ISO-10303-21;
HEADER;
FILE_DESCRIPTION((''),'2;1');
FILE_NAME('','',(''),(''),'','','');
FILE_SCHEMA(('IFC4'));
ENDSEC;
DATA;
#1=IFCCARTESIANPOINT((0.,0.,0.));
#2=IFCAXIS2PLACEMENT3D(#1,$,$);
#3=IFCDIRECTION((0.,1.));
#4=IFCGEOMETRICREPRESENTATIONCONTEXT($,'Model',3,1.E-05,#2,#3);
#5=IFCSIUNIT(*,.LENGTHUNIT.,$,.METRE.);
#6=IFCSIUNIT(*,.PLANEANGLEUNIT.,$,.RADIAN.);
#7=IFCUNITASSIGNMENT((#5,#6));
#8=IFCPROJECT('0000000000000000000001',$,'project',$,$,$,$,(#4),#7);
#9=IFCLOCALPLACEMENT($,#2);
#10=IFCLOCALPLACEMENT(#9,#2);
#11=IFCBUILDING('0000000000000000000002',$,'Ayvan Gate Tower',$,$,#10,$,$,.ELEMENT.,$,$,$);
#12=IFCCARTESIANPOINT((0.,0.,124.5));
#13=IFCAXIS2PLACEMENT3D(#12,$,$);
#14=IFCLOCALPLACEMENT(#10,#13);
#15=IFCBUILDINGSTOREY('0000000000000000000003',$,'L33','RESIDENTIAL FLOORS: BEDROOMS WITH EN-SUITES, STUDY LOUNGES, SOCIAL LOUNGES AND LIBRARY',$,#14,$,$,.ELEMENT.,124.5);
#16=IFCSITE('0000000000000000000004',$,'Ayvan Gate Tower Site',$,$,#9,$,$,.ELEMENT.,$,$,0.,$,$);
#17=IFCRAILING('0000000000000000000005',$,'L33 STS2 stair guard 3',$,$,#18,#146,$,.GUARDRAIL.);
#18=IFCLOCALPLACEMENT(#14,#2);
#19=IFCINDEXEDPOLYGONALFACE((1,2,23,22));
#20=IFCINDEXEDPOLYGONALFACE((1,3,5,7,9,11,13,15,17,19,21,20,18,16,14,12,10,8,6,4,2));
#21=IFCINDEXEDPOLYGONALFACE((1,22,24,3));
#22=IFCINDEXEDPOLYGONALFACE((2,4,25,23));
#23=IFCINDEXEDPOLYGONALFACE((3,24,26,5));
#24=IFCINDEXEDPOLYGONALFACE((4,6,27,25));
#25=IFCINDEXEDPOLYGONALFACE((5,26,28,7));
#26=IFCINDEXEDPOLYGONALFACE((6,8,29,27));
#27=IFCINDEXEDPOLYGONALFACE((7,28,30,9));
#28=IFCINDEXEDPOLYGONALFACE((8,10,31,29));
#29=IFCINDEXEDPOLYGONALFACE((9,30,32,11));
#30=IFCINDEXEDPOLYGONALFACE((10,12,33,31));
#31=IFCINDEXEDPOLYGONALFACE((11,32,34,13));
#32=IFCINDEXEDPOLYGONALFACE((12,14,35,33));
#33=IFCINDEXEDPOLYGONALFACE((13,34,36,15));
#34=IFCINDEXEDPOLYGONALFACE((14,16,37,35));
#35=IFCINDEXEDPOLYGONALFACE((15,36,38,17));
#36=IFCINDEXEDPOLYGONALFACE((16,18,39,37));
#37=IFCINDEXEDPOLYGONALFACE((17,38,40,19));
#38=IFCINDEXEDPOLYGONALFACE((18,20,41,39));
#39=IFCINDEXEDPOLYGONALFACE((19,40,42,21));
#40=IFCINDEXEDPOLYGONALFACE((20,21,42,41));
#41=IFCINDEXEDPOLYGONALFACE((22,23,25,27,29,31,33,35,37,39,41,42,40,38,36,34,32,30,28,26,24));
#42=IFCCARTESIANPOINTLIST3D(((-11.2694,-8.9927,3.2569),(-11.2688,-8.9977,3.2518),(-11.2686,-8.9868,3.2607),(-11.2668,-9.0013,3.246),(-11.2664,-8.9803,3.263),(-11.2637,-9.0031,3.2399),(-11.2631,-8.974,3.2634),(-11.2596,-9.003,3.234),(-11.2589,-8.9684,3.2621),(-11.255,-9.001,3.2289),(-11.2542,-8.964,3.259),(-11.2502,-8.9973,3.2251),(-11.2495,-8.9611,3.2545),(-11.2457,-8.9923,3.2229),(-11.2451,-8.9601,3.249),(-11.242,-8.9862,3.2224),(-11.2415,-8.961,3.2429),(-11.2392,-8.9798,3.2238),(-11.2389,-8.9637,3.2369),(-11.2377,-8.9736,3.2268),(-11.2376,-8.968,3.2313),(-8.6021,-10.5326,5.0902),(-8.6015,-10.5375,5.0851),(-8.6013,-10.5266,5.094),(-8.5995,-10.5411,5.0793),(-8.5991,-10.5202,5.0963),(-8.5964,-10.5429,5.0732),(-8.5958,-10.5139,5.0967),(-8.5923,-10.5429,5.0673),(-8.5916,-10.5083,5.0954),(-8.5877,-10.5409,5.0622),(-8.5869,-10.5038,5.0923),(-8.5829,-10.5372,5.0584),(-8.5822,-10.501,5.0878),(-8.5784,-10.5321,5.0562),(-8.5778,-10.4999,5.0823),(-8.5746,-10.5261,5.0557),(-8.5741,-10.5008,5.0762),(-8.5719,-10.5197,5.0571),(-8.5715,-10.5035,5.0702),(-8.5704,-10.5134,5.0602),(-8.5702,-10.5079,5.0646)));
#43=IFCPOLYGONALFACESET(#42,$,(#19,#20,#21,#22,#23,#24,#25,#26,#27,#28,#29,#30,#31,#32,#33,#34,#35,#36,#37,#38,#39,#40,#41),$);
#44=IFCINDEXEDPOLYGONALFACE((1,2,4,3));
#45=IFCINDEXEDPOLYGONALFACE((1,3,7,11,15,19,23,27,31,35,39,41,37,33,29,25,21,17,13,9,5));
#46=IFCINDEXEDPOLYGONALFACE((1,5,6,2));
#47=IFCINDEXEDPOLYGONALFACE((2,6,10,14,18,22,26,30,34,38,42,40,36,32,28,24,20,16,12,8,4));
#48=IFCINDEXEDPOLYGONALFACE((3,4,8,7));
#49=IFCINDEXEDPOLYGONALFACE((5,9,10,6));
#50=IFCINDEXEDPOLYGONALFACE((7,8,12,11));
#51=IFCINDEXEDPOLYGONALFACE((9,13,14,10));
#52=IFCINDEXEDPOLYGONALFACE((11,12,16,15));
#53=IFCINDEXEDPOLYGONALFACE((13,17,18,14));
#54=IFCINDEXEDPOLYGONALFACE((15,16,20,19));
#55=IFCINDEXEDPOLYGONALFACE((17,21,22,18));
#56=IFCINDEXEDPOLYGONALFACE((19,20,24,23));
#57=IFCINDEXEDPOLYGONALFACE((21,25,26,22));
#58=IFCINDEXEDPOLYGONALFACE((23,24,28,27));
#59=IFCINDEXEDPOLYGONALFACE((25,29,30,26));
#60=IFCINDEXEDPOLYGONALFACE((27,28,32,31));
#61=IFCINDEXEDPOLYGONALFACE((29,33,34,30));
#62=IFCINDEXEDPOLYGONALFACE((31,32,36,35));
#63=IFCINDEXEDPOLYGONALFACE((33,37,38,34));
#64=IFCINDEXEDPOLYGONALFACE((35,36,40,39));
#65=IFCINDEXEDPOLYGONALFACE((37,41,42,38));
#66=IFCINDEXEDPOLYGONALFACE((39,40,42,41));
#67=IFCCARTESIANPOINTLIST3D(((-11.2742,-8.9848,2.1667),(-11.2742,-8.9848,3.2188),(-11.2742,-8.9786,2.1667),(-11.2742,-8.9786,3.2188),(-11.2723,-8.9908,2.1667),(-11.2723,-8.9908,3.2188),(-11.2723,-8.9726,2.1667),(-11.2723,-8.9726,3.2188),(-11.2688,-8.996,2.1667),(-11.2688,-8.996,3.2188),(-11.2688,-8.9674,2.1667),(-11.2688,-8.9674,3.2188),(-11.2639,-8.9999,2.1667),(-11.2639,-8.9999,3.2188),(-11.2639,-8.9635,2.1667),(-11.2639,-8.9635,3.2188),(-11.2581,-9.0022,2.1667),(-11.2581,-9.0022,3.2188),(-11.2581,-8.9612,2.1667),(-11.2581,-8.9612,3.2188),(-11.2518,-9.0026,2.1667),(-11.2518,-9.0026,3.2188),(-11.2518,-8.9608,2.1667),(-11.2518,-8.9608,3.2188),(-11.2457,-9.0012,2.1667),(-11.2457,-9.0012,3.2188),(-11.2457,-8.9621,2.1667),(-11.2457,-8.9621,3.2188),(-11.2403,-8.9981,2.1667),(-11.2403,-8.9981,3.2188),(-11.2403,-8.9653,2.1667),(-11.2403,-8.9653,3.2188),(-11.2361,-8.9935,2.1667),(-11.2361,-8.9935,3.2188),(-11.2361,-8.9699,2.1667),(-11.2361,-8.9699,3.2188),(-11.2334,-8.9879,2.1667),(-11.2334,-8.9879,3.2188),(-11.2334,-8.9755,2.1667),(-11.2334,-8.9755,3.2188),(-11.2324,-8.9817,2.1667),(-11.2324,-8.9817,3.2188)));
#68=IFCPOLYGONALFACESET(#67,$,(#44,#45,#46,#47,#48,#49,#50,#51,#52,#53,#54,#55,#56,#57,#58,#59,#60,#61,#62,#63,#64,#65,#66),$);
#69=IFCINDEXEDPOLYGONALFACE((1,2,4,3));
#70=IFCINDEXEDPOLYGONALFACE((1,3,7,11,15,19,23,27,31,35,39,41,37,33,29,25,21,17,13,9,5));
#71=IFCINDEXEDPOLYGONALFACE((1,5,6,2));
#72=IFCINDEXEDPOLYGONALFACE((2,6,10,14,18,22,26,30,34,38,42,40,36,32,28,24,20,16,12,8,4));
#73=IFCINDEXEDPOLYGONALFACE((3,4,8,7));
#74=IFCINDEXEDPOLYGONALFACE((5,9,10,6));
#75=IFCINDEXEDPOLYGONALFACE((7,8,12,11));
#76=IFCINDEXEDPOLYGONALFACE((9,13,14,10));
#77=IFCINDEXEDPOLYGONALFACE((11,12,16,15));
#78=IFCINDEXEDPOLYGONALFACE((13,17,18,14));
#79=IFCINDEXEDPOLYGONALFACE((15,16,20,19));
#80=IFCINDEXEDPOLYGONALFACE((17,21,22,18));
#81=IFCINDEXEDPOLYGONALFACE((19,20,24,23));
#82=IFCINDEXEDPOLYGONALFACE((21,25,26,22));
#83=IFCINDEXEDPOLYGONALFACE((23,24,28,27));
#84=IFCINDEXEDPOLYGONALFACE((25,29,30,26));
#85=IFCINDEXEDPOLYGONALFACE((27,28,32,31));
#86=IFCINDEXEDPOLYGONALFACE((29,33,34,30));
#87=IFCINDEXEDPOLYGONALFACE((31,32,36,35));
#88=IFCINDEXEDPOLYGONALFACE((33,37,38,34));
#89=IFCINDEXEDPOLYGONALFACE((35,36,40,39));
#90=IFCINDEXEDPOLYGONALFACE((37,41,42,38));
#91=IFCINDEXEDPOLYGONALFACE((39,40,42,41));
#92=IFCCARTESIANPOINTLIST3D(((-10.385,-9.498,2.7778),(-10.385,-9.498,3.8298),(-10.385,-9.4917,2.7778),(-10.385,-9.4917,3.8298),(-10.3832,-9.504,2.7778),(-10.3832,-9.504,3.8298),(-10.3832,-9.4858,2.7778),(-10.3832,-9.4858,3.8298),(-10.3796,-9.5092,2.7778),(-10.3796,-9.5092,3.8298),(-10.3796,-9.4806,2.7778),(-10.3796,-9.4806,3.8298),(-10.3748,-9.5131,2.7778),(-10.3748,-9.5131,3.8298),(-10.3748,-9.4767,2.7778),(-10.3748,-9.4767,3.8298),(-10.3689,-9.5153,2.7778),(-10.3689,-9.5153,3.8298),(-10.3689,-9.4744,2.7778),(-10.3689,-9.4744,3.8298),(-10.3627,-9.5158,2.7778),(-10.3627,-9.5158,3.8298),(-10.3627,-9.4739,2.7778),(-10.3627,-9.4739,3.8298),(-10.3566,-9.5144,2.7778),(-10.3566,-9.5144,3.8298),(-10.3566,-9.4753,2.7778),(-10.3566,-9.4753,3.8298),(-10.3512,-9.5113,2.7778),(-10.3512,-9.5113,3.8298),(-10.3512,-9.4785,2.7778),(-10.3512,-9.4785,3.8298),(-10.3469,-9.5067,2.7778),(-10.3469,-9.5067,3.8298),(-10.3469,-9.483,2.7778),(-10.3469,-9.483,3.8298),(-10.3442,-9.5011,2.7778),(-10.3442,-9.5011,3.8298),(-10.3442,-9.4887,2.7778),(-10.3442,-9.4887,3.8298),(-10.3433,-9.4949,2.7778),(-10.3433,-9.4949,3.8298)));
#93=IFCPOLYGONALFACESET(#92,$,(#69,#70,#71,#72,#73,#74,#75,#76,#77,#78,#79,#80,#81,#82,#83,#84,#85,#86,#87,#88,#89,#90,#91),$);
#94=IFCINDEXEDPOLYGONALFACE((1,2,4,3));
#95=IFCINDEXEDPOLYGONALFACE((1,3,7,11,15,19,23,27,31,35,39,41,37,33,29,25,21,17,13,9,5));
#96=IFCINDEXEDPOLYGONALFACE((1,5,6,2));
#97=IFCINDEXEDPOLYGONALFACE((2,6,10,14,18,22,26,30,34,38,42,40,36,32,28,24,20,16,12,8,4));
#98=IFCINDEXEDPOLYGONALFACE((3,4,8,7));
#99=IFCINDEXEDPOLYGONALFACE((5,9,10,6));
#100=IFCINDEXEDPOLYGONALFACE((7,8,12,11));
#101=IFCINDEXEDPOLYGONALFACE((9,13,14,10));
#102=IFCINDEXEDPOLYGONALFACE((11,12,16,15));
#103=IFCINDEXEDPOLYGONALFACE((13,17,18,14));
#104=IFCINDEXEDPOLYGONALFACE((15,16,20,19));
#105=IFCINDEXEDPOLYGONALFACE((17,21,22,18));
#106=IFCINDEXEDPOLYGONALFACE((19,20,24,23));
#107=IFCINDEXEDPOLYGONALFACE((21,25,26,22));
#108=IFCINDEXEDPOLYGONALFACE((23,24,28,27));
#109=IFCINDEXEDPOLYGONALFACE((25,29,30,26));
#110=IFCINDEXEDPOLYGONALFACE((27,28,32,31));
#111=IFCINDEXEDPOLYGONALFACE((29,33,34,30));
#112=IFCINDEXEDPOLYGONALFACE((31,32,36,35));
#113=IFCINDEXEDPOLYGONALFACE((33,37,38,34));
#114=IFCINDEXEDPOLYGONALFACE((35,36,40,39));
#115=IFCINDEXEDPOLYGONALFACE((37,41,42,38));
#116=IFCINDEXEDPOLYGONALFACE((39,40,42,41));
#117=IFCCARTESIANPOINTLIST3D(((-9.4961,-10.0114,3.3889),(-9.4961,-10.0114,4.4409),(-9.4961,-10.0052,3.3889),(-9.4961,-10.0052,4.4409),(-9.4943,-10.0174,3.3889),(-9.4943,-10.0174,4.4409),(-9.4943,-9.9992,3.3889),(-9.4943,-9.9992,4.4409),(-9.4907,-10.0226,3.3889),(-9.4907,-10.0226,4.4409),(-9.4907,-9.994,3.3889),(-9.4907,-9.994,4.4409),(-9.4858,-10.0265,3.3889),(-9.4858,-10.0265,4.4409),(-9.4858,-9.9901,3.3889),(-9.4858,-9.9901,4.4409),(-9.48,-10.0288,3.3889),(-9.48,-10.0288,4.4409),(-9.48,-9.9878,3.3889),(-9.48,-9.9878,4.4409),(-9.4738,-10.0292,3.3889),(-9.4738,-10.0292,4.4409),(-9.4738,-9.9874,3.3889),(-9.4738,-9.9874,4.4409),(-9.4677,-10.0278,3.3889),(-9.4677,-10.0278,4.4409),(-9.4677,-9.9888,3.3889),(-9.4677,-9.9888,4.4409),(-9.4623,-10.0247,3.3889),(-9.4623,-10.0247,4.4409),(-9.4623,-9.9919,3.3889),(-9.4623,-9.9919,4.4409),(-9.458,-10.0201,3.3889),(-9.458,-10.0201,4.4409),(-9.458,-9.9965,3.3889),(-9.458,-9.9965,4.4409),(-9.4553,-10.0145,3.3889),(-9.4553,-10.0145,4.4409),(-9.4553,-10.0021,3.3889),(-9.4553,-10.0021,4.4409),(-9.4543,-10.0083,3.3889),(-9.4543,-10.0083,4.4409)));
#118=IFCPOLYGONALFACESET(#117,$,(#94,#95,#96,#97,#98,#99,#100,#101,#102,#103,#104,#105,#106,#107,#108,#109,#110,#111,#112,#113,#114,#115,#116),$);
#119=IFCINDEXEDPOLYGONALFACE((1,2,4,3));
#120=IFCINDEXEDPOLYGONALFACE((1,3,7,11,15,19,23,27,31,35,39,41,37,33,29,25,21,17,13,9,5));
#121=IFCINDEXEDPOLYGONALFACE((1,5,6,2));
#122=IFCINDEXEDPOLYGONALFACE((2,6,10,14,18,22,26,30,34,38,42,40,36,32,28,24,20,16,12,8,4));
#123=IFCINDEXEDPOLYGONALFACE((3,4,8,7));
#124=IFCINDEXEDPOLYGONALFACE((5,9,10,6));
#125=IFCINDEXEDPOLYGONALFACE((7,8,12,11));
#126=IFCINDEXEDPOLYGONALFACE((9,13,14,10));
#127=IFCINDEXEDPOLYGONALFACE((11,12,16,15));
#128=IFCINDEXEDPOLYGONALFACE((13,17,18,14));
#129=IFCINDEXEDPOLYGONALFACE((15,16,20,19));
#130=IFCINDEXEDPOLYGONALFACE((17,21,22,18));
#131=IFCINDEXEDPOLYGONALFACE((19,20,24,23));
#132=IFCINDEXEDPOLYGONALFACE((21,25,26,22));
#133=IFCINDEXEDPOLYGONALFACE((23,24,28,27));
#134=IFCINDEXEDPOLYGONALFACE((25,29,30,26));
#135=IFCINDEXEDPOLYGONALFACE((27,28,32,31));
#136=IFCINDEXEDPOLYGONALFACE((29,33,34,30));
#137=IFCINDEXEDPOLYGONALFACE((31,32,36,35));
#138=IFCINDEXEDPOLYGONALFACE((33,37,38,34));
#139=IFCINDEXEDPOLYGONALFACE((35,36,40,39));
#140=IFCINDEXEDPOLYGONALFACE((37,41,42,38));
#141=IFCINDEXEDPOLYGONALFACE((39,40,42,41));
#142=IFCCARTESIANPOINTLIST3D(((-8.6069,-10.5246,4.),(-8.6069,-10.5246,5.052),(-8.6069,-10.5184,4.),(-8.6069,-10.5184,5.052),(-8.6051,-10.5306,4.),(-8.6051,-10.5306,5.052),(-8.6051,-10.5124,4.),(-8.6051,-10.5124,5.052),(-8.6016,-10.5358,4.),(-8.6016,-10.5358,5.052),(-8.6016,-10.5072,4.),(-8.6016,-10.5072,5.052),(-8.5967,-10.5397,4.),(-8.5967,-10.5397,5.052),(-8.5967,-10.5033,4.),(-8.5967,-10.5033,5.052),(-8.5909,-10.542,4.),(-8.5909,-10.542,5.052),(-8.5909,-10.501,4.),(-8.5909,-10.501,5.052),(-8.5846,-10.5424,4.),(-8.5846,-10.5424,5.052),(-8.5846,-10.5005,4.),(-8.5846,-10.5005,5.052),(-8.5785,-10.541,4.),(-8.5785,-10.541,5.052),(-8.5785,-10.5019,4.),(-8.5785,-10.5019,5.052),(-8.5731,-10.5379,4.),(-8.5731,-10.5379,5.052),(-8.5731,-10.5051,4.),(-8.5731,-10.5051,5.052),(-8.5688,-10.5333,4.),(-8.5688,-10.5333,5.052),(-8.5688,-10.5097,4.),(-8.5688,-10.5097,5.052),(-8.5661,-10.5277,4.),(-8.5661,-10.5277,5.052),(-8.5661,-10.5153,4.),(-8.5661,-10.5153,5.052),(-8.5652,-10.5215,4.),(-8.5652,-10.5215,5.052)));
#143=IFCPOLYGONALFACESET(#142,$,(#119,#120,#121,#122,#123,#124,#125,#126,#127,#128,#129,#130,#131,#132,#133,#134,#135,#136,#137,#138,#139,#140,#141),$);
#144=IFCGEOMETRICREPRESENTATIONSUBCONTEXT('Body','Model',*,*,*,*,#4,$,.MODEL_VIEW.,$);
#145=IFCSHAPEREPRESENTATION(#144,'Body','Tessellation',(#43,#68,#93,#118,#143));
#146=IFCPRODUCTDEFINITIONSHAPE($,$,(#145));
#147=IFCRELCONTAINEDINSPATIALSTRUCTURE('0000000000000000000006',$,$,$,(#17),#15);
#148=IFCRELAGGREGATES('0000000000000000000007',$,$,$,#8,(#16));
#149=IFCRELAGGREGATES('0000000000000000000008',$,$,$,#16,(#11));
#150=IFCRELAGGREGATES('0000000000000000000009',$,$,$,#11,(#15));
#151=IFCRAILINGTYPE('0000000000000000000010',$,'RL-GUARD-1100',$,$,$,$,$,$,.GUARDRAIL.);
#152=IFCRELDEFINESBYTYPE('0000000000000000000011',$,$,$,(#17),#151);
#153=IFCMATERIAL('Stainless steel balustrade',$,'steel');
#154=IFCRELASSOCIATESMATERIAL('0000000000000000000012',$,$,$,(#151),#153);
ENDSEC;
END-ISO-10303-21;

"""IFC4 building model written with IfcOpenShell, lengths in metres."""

from ifc_helpers import new_model, si_unit, direction, frame, origin, origin_2d, place, context, subcontext, project, spatial, circle, extrude, material, type_object, element, save


model = new_model("IFC4")

# Units and contexts
model_context = context("Model", 3, precision=1e-05, world=origin(), true_north=direction((0.0, 1.0)))
body_context = subcontext(model_context, "Body", "Model", "MODEL_VIEW")
ifc_project = project(units=[si_unit("LENGTHUNIT", "METRE"), si_unit("PLANEANGLEUNIT", "RADIAN")], contexts=[model_context])

# Site, building, storey
site_placement = place(None, origin())
site = spatial("IfcSite", under=ifc_project, at=site_placement, Name="Ayvan Gate Tower Site", CompositionType="ELEMENT", RefElevation=0.0)
building_placement = place(site_placement, origin())
building = spatial("IfcBuilding", under=site, at=building_placement, Name="Ayvan Gate Tower", CompositionType="ELEMENT")
storey_placement = place(building_placement, frame((0.0, 0.0, 124.5)))
storey = spatial("IfcBuildingStorey", under=building, at=storey_placement, Name="L33", Description="RESIDENTIAL FLOORS: BEDROOMS WITH EN-SUITES, STUDY LOUNGES, SOCIAL LOUNGES AND LIBRARY", CompositionType="ELEMENT", Elevation=124.5)

# Railing
ifc_material_1 = material(Name="Stainless steel balustrade", Category="steel")
railing_type_1 = type_object("IfcRailingType", Name="RL-GUARD-1100", PredefinedType="GUARDRAIL", material=ifc_material_1)
railing_1_placement = place(storey_placement, frame((-11.2534, -8.9817, 2.1667)))
element("IfcRailing", 1, at=railing_1_placement, inside=storey, type_object=railing_type_1, Name="L33 STS2 stair guard 3", PredefinedType="GUARDRAIL", context=body_context, shape_type="SweptSolid", body=[
    extrude(circle(Radius=0.0239, at=origin_2d()), frame((0.0, 0.0, 1.0762), z_axis=(0.744181, -0.429616, 0.511493), x_axis=(0.499967, 0.866044, 0.0)), (0.0, 0.0, 1.0), 3.5842),
    extrude(circle(Radius=0.021, at=origin_2d()), origin(), (0.0, 0.0, 1.0), 1.052),
    extrude(circle(Radius=0.021, at=origin_2d()), frame((0.8892, -0.5132, 0.6111)), (0.0, 0.0, 1.0), 1.052),
    extrude(circle(Radius=0.021, at=origin_2d()), frame((1.7781, -1.0266, 1.2222)), (0.0, 0.0, 1.0), 1.052),
    extrude(circle(Radius=0.021, at=origin_2d()), frame((2.6672, -1.5398, 1.8333)), (0.0, 0.0, 1.0), 1.052),
])

save(model, "model.ifc")
